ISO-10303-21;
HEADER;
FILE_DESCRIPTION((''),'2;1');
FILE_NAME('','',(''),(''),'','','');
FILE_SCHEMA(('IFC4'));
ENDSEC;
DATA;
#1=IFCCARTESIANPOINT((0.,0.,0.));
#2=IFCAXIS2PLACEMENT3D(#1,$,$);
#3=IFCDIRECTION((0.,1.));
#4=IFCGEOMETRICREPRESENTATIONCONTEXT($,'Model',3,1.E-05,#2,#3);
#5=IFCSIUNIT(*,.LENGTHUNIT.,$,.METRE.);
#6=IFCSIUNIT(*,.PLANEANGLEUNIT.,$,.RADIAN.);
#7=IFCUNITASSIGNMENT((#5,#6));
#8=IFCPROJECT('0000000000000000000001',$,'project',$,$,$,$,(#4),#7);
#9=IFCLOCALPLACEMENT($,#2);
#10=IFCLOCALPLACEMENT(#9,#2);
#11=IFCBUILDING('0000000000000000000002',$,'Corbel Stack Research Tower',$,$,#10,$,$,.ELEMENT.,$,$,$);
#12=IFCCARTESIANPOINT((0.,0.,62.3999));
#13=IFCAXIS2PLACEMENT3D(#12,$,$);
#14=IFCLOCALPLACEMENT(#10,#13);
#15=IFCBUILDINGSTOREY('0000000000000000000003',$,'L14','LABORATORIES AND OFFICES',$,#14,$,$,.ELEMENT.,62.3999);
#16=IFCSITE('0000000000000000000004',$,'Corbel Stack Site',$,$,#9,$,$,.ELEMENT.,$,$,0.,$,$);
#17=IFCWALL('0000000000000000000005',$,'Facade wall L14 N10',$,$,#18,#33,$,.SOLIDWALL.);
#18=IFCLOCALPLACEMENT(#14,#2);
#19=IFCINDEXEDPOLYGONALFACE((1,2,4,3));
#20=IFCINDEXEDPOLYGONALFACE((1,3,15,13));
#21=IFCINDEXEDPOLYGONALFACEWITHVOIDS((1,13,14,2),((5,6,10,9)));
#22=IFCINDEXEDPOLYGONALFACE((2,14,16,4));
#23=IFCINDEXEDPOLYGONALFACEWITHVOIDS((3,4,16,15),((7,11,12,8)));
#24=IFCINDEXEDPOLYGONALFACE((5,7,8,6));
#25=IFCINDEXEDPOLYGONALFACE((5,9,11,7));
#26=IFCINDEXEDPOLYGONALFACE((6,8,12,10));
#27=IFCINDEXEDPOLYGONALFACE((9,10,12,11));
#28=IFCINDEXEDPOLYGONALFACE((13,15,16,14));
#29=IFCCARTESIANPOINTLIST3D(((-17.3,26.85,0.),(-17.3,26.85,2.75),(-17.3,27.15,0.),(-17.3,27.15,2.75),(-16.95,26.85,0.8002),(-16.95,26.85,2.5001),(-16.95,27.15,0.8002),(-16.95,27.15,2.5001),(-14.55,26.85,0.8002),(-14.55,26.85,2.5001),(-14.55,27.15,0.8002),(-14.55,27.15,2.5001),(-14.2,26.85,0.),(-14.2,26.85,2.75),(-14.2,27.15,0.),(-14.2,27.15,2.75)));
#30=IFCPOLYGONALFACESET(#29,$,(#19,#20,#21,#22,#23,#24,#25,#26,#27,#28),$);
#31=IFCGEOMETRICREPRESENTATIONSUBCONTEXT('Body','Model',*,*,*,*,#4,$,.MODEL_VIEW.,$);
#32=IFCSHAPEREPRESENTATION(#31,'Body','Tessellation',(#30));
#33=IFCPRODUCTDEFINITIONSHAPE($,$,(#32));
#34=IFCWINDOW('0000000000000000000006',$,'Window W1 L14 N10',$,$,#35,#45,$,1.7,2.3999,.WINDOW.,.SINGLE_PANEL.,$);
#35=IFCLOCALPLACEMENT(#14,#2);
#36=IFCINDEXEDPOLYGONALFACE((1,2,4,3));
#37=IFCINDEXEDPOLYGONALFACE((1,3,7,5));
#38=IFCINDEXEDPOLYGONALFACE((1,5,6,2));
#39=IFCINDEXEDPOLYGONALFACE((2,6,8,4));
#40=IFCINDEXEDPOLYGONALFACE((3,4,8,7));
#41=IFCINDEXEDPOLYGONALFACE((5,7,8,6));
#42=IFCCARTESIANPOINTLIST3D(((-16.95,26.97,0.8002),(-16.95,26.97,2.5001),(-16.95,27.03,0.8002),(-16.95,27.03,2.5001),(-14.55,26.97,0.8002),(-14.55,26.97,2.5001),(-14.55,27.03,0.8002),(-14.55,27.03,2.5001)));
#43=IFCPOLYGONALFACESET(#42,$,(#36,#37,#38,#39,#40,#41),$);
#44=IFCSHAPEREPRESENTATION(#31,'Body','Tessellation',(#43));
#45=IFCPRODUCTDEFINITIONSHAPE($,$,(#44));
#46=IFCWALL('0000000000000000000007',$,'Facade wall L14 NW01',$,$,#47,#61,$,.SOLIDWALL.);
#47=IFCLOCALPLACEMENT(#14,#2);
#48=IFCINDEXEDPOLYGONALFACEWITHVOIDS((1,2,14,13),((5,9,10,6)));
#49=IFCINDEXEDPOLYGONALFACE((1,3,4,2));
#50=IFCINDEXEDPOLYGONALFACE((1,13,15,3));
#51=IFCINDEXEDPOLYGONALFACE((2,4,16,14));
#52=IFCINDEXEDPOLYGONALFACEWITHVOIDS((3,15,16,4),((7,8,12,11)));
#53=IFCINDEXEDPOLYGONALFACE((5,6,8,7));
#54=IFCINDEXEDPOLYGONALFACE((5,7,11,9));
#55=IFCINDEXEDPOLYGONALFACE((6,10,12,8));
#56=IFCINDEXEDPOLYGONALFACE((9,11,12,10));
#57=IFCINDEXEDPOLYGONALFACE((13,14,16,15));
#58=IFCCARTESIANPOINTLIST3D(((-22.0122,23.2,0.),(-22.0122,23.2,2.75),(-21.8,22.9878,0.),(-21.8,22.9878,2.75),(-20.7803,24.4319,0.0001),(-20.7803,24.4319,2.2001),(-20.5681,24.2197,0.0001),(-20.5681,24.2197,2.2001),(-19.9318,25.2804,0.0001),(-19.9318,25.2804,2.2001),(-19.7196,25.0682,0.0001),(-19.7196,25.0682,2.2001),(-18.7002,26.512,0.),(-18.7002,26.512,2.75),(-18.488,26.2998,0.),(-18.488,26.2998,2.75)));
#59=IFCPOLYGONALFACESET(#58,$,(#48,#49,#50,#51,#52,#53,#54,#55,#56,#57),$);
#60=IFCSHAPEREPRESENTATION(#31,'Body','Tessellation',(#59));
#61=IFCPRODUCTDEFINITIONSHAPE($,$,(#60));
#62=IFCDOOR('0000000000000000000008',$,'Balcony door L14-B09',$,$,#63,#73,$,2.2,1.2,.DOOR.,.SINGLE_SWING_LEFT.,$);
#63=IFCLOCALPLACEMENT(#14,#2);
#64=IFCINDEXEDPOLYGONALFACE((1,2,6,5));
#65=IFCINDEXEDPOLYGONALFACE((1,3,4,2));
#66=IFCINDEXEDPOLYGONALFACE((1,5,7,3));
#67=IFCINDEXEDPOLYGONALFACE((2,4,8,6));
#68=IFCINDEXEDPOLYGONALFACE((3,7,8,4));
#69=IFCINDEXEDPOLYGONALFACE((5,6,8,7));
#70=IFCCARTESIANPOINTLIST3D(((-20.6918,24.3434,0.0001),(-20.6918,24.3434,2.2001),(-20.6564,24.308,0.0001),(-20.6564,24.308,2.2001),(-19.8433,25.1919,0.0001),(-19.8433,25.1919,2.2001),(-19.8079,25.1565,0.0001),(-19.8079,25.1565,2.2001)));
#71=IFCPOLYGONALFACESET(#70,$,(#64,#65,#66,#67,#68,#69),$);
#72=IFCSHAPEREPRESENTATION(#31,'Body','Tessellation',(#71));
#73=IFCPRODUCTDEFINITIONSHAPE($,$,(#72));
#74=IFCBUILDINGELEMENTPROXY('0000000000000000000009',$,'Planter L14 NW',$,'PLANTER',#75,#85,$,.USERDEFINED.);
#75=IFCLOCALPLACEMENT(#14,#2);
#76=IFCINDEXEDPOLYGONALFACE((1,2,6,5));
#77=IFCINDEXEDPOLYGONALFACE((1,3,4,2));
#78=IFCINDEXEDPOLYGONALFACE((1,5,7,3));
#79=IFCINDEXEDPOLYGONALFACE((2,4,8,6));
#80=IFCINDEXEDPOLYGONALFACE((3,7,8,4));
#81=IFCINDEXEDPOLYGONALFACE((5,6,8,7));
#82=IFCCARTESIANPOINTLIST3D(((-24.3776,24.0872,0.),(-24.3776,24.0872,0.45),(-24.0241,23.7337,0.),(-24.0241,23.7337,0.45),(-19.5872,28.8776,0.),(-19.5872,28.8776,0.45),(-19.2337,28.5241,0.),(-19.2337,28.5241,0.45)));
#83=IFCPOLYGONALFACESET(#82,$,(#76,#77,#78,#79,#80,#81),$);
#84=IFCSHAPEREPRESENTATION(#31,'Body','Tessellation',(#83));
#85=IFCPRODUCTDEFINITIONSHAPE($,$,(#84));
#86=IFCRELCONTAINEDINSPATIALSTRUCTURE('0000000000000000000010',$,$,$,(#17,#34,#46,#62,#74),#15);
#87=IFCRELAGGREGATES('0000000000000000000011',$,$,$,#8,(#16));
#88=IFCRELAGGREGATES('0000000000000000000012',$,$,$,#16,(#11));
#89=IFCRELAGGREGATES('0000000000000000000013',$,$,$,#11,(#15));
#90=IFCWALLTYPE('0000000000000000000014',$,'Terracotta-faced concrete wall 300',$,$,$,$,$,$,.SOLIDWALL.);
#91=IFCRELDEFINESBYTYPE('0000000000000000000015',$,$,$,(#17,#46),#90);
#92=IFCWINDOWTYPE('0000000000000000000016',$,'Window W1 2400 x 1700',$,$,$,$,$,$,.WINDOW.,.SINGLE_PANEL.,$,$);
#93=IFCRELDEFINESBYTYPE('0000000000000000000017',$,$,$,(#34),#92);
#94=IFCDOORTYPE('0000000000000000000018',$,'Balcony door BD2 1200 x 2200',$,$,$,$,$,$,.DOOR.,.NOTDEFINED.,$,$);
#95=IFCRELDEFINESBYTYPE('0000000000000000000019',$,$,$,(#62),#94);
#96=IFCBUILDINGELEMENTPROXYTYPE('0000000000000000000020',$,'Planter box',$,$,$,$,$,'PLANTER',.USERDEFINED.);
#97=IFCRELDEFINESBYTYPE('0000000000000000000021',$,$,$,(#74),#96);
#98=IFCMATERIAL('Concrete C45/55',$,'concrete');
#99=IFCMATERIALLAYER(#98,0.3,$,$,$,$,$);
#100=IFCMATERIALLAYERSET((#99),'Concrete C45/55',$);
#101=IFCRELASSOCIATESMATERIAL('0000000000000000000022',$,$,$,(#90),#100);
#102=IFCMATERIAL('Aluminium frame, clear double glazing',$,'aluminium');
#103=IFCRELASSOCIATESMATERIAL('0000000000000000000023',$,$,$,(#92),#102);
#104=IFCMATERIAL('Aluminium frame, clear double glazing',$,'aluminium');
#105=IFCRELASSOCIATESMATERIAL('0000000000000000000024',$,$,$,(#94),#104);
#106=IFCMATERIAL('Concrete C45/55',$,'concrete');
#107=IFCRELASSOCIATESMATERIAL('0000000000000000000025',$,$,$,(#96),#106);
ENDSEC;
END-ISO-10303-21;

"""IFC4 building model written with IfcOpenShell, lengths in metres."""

from ifc_helpers import new_model, si_unit, direction, frame, frame_2d, origin, origin_2d, place, context, subcontext, project, spatial, rectangle, extrude, material, layer, layer_set, type_object, element, fill, save


model = new_model("IFC4")

# Units and contexts
model_context = context("Model", 3, precision=1e-05, world=origin(), true_north=direction((0.0, 1.0)))
body_context = subcontext(model_context, "Body", "Model", "MODEL_VIEW")
ifc_project = project(units=[si_unit("LENGTHUNIT", "METRE"), si_unit("PLANEANGLEUNIT", "RADIAN")], contexts=[model_context])

# Site, building, storey
site_placement = place(None, origin())
site = spatial("IfcSite", under=ifc_project, at=site_placement, Name="Corbel Stack Site", CompositionType="ELEMENT", RefElevation=0.0)
building_placement = place(site_placement, origin())
building = spatial("IfcBuilding", under=site, at=building_placement, Name="Corbel Stack Research Tower", CompositionType="ELEMENT")
storey_placement = place(building_placement, frame((0.0, 0.0, 62.3999)))
storey = spatial("IfcBuildingStorey", under=building, at=storey_placement, Name="L14", Description="LABORATORIES AND OFFICES", CompositionType="ELEMENT", Elevation=62.3999)

# Wall, opening, window
ifc_material_1 = material(Name="Concrete C45/55", Category="concrete")
ifc_layer_1 = layer(ifc_material_1, 0.3)
ifc_layer_set_1 = layer_set([ifc_layer_1], Name="Concrete C45/55")
wall_type_1 = type_object("IfcWallType", Name="Terracotta-faced concrete wall 300", PredefinedType="SOLIDWALL", material=ifc_layer_set_1)
wall_1_placement = place(storey_placement, frame((-17.3, 27.0, 0.0), z_axis=(0.0, 0.0, 1.0), x_axis=(1.0, 0.0, 0.0)))
wall_1 = element("IfcWall", 1, at=wall_1_placement, inside=storey, type_object=wall_type_1, Name="Facade wall L14 N10", PredefinedType="SOLIDWALL", context=body_context, shape_type="SweptSolid", body=[
    extrude(rectangle(XDim=3.1001, YDim=0.3, at=frame_2d((1.55, 0.0))), origin(), (0.0, 0.0, 1.0), 2.75),
])
opening_1_placement = place(wall_1_placement, frame((0.3501, 0.0, 0.8)))
opening_1 = element("IfcOpeningElement", 2, at=opening_1_placement, cuts=wall_1, PredefinedType="OPENING", context=body_context, shape_type="SweptSolid", body=[
    extrude(rectangle(XDim=2.3999, YDim=1.7, at=frame_2d((1.2, 0.8501))), frame((0.0, 0.1599, 0.0), z_axis=(0.0, -1.0, 0.0), x_axis=(1.0, 0.0, 0.0)), (0.0, 0.0, 1.0), 0.3201),
])
ifc_material_2 = material(Name="Aluminium frame, clear double glazing", Category="aluminium")
window_type = type_object("IfcWindowType", Name="Window W1 2400 x 1700", PartitioningType="SINGLE_PANEL", PredefinedType="WINDOW", material=ifc_material_2)
window_placement = place(opening_1_placement, origin())
window = element("IfcWindow", 3, at=window_placement, inside=storey, type_object=window_type, Name="Window W1 L14 N10", OverallHeight=1.7, OverallWidth=2.3999, PartitioningType="SINGLE_PANEL", PredefinedType="WINDOW", context=body_context, shape_type="SweptSolid", body=[
    extrude(rectangle(XDim=2.3999, YDim=1.7, at=frame_2d((1.2, 0.8501))), frame((0.0, 0.03, 0.0), z_axis=(0.0, -1.0, 0.0), x_axis=(1.0, 0.0, 0.0)), (0.0, 0.0, 1.0), 0.0601),
])
fill(opening_1, window)

# Wall, opening, door
wall_2_placement = place(storey_placement, frame((-21.906, 23.094, 0.0), z_axis=(0.0, 0.0, 1.0), x_axis=(0.707107, 0.707107, 0.0)))
wall_2 = element("IfcWall", 4, at=wall_2_placement, inside=storey, type_object=wall_type_1, Name="Facade wall L14 NW01", PredefinedType="SOLIDWALL", context=body_context, shape_type="SweptSolid", body=[
    extrude(rectangle(XDim=4.6838, YDim=0.3, at=frame_2d((2.3418, 0.0))), origin(), (0.0, 0.0, 1.0), 2.75),
])
opening_2_placement = place(wall_2_placement, frame((1.7419, 0.0, 0.0)))
opening_2 = element("IfcOpeningElement", 5, at=opening_2_placement, cuts=wall_2, PredefinedType="OPENING", context=body_context, shape_type="SweptSolid", body=[
    extrude(rectangle(XDim=1.2, YDim=2.2, at=frame_2d((0.6001, 1.1001))), frame((0.0, 0.1599, 0.0), z_axis=(0.0, -1.0, 0.0), x_axis=(1.0, 0.0, 0.0)), (0.0, 0.0, 1.0), 0.3201),
])
ifc_material_3 = material(Name="Aluminium frame, clear double glazing", Category="aluminium")
door_type_1 = type_object("IfcDoorType", Name="Balcony door BD2 1200 x 2200", OperationType="NOTDEFINED", PredefinedType="DOOR", material=ifc_material_3)
door_1_placement = place(opening_2_placement, origin())
door_1 = element("IfcDoor", 6, at=door_1_placement, inside=storey, type_object=door_type_1, Name="Balcony door L14-B09", OperationType="SINGLE_SWING_LEFT", OverallHeight=2.2, OverallWidth=1.2, PredefinedType="DOOR", context=body_context, shape_type="SweptSolid", body=[
    extrude(rectangle(XDim=1.2, YDim=2.2, at=frame_2d((0.6001, 1.1001))), frame((0.0, 0.0249, 0.0), z_axis=(0.0, -1.0, 0.0), x_axis=(1.0, 0.0, 0.0)), (0.0, 0.0, 1.0), 0.05),
])
fill(opening_2, door_1)

# Building element proxy
ifc_material_4 = material(Name="Concrete C45/55", Category="concrete")
building_element_proxy_type = type_object("IfcBuildingElementProxyType", Name="Planter box", ElementType="PLANTER", PredefinedType="USERDEFINED", material=ifc_material_4)
proxy_placement = place(storey_placement, frame((-21.8057, 26.3057, 0.0), z_axis=(0.0, 0.0, 1.0), x_axis=(-0.707107, -0.707107, 0.0)))
element("IfcBuildingElementProxy", 7, at=proxy_placement, inside=storey, type_object=building_element_proxy_type, Name="Planter L14 NW", ObjectType="PLANTER", PredefinedType="USERDEFINED", context=body_context, shape_type="SweptSolid", body=[
    extrude(rectangle(XDim=6.7747, YDim=0.5, at=origin_2d()), origin(), (0.0, 0.0, 1.0), 0.45),
])

save(model, "model.ifc")
